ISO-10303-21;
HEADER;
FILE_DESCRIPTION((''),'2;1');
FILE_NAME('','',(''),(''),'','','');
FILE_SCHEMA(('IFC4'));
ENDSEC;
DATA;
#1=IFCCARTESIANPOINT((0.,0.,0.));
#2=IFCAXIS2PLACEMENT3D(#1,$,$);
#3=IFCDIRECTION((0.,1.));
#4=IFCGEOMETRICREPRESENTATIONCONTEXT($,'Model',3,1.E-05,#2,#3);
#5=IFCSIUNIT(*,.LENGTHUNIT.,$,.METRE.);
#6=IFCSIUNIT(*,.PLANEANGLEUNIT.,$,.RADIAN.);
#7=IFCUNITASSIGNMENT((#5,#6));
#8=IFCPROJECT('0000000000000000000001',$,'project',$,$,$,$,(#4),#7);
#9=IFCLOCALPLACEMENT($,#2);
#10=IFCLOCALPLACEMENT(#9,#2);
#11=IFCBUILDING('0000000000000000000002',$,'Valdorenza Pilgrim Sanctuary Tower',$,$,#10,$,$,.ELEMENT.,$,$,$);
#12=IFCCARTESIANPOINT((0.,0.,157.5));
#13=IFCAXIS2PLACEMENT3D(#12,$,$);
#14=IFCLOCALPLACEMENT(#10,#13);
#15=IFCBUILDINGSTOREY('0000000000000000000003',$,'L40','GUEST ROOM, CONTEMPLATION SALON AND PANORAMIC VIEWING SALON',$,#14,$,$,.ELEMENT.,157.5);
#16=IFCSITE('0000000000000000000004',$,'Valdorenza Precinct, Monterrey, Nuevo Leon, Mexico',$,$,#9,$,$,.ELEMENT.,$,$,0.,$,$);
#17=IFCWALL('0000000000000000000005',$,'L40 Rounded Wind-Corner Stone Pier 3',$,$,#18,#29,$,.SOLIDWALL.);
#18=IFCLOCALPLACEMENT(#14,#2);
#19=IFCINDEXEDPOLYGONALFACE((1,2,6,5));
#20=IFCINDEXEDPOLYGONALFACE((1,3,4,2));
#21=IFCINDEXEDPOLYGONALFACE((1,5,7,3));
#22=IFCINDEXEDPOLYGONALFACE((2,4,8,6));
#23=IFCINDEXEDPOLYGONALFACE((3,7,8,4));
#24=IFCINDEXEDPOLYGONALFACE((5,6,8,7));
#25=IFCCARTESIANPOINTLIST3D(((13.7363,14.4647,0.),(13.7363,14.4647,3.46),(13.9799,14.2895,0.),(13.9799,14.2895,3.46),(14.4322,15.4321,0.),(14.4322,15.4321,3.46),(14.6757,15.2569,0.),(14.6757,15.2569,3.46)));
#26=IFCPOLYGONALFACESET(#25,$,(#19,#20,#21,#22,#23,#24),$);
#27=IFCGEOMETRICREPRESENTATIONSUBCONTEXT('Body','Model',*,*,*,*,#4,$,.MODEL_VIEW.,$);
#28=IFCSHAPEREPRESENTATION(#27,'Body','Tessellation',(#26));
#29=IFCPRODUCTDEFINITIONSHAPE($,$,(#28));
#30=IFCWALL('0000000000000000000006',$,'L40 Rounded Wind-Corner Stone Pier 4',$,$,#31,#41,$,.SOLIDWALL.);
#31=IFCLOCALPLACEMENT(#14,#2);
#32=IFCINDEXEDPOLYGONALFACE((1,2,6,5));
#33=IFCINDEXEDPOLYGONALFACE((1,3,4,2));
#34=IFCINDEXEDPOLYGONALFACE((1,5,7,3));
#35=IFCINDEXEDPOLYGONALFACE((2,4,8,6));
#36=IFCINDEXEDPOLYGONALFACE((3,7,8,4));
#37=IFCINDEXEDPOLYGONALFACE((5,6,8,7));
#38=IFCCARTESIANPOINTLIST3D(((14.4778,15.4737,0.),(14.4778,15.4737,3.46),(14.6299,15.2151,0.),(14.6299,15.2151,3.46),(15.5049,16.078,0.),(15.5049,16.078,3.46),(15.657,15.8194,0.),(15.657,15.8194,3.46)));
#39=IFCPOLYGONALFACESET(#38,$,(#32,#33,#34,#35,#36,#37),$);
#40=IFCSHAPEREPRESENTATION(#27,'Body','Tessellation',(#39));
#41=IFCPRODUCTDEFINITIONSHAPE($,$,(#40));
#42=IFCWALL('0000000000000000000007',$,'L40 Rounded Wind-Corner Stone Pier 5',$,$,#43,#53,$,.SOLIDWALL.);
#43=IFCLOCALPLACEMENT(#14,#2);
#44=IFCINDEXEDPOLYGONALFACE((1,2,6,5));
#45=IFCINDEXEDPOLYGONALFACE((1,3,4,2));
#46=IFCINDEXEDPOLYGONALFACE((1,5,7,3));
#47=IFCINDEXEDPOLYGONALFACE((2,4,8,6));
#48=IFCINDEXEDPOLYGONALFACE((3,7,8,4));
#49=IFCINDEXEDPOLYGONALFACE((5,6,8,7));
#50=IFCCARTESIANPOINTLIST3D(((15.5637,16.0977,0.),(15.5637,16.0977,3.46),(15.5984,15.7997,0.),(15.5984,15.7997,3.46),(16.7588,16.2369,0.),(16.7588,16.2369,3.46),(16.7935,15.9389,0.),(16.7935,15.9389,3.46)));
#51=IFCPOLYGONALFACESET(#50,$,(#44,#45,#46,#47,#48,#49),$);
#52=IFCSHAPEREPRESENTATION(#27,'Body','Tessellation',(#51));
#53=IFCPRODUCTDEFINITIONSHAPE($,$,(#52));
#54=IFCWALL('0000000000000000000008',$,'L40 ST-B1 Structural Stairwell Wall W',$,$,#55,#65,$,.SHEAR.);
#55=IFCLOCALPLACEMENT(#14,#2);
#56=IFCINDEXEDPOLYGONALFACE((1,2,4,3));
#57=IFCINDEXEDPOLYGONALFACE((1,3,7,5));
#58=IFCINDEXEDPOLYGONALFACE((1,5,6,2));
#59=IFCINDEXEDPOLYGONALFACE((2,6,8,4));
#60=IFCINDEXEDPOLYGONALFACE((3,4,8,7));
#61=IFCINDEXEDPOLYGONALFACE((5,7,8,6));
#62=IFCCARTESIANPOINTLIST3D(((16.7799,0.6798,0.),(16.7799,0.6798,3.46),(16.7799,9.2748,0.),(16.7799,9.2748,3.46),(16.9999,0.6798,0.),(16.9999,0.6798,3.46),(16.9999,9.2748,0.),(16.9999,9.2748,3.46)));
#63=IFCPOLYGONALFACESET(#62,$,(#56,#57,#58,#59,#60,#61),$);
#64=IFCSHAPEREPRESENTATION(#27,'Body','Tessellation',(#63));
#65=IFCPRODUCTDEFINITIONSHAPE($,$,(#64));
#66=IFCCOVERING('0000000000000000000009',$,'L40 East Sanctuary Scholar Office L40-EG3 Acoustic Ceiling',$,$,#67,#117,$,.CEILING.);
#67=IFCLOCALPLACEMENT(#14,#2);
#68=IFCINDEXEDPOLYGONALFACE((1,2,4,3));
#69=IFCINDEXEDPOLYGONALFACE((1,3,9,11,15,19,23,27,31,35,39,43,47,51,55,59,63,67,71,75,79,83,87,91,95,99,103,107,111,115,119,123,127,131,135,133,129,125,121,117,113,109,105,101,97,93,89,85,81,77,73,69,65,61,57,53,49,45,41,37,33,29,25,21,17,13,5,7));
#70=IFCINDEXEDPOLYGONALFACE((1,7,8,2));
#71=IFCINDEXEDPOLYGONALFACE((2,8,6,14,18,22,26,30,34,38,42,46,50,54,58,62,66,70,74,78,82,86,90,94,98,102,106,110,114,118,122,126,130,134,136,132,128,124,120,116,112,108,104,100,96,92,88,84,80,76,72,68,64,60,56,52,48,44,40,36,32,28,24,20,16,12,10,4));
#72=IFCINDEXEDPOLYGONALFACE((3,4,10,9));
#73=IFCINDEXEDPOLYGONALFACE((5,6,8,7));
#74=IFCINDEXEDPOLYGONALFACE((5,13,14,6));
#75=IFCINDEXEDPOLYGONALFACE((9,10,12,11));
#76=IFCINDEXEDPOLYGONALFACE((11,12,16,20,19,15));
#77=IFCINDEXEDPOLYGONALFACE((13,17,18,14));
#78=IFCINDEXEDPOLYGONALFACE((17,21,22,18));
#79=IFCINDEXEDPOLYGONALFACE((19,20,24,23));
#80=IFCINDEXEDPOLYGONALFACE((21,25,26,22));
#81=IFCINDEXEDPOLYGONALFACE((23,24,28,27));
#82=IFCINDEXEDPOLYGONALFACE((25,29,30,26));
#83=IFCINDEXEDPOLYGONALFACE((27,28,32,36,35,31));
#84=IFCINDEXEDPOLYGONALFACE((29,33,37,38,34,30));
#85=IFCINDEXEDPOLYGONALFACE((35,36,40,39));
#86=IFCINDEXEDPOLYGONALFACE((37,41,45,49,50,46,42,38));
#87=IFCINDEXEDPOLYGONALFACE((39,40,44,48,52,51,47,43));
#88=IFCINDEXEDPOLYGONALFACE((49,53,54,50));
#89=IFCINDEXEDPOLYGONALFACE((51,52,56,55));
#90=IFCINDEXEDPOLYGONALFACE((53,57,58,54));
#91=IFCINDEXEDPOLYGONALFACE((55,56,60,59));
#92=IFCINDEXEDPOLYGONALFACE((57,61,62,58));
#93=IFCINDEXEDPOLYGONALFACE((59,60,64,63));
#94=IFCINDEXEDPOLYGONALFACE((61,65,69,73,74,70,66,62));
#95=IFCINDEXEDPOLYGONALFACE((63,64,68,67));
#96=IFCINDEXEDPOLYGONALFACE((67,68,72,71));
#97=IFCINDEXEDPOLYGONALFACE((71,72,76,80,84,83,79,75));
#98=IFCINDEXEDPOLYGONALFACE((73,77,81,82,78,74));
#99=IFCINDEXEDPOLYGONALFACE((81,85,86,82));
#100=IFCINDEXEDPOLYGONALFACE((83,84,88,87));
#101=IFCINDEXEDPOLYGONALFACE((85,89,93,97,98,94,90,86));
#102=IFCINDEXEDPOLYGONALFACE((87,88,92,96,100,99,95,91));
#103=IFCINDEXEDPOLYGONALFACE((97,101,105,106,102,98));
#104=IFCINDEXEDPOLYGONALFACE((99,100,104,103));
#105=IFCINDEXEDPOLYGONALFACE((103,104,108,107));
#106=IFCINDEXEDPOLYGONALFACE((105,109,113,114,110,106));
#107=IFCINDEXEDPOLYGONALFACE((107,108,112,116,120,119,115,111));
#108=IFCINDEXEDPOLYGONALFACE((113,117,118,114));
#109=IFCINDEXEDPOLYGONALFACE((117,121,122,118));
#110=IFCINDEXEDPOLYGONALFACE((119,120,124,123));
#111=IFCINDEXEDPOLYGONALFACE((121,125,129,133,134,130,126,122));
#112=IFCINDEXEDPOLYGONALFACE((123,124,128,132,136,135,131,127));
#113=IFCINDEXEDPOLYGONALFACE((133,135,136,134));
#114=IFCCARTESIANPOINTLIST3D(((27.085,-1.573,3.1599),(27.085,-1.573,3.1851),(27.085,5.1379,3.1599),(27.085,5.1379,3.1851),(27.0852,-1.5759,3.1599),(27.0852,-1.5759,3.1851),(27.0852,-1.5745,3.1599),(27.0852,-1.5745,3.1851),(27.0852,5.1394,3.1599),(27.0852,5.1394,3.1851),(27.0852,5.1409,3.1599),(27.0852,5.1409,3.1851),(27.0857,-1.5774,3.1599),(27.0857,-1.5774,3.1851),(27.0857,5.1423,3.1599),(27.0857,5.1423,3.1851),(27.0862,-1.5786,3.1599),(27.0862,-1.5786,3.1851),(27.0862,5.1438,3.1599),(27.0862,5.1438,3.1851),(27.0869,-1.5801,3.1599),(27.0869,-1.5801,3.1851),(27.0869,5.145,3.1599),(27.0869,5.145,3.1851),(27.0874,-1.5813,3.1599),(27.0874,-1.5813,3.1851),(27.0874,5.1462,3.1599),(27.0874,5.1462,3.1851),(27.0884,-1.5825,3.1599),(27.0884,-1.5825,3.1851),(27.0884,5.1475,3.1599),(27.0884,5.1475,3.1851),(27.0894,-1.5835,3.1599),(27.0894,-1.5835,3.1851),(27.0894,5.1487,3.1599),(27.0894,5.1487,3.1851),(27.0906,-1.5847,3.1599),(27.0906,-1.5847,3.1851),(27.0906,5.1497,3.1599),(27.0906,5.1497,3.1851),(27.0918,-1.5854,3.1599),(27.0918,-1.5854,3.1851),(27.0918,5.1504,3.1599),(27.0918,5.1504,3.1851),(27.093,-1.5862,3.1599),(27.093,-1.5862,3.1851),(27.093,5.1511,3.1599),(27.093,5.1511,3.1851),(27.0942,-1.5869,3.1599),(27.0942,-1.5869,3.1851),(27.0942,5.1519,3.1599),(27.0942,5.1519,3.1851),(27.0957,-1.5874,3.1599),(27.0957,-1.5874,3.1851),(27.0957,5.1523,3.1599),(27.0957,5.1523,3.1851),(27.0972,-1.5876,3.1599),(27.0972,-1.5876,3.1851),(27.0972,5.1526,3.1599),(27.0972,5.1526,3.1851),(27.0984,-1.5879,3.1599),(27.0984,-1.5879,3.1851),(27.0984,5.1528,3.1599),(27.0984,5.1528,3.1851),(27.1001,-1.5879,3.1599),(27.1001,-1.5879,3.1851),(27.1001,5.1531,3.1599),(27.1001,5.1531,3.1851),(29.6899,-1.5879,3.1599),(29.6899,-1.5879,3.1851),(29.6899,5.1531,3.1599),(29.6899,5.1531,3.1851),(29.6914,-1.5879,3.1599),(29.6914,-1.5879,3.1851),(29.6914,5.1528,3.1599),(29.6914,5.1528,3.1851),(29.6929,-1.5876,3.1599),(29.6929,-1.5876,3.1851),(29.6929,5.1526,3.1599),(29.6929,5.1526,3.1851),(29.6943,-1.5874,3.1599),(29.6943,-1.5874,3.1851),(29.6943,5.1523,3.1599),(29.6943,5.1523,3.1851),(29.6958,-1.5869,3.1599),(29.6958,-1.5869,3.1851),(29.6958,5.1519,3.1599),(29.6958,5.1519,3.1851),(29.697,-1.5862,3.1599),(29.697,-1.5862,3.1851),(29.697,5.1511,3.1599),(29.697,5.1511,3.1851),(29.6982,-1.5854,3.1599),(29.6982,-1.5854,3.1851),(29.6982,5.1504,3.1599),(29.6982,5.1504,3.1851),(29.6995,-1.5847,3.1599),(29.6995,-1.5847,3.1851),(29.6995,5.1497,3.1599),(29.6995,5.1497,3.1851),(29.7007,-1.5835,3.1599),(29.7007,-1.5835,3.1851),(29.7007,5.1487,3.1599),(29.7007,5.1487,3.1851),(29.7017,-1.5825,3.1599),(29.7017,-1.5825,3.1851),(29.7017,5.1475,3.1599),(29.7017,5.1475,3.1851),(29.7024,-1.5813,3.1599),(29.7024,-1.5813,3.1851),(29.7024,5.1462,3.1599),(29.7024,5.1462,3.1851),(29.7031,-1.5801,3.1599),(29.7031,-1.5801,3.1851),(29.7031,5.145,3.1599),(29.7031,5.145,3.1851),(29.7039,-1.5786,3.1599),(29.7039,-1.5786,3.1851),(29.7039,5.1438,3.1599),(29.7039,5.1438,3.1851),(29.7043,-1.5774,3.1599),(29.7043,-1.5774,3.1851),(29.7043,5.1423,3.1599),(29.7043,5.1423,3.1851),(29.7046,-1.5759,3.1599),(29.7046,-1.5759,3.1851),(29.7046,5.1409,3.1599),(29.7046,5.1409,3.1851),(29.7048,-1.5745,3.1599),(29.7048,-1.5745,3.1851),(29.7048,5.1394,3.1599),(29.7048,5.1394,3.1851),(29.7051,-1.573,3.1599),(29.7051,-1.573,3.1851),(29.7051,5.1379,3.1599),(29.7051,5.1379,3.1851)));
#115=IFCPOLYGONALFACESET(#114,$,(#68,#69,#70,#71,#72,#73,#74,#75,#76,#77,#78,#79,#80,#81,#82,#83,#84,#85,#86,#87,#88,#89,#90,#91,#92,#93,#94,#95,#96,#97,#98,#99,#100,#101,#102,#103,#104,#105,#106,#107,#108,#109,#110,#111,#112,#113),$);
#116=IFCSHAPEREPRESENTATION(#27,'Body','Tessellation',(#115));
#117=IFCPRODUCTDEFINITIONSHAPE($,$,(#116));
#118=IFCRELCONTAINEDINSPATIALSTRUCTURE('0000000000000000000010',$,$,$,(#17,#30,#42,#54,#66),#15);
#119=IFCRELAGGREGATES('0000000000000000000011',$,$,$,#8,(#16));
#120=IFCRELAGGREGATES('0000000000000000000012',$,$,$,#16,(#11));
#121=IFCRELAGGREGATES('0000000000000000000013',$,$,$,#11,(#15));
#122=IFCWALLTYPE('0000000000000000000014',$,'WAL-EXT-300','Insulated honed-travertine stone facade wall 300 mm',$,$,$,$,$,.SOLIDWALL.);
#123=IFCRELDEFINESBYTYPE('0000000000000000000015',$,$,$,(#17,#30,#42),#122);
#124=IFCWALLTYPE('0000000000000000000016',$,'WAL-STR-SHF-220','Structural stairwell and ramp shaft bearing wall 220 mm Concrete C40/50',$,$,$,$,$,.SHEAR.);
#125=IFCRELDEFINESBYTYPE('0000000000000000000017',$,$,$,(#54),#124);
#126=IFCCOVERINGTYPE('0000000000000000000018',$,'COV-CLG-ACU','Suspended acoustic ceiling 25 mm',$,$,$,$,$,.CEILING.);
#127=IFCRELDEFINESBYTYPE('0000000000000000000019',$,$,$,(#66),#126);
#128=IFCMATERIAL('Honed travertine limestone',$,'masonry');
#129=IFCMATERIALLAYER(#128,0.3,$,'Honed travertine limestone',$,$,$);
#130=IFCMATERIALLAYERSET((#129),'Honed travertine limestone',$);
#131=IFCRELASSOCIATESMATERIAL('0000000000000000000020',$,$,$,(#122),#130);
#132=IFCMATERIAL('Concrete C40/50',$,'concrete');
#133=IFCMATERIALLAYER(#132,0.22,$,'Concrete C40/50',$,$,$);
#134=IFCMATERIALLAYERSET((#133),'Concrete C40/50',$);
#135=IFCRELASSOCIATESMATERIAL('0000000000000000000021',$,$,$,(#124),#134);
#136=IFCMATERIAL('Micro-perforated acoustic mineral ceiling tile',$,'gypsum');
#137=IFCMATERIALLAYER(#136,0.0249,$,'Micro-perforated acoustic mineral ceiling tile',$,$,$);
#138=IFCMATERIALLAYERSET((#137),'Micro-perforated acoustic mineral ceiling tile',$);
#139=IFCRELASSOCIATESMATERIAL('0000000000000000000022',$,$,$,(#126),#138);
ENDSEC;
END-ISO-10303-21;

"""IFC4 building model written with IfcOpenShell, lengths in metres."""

from ifc_helpers import new_model, si_unit, direction, frame, frame_2d, origin, place, context, subcontext, project, spatial, polyline, rectangle, outline, extrude, material, layer, layer_set, type_object, element, save


model = new_model("IFC4")

# Units and contexts
model_context = context("Model", 3, precision=1e-05, world=origin(), true_north=direction((0.0, 1.0)))
body_context = subcontext(model_context, "Body", "Model", "MODEL_VIEW")
ifc_project = project(units=[si_unit("LENGTHUNIT", "METRE"), si_unit("PLANEANGLEUNIT", "RADIAN")], contexts=[model_context])

# Site, building, storey
site_placement = place(None, origin())
site = spatial("IfcSite", under=ifc_project, at=site_placement, Name="Valdorenza Precinct, Monterrey, Nuevo Leon, Mexico", CompositionType="ELEMENT", RefElevation=0.0)
building_placement = place(site_placement, origin())
building = spatial("IfcBuilding", under=site, at=building_placement, Name="Valdorenza Pilgrim Sanctuary Tower", CompositionType="ELEMENT")
storey_placement = place(building_placement, frame((0.0, 0.0, 157.5)))
storey = spatial("IfcBuildingStorey", under=building, at=storey_placement, Name="L40", Description="GUEST ROOM, CONTEMPLATION SALON AND PANORAMIC VIEWING SALON", CompositionType="ELEMENT", Elevation=157.5)

# Shared definitions
ifc_material_1 = material(Name="Honed travertine limestone", Category="masonry")

# Walls
ifc_layer_1 = layer(ifc_material_1, 0.3, Name="Honed travertine limestone")
ifc_layer_set_1 = layer_set([ifc_layer_1], Name="Honed travertine limestone")
wall_type_1 = type_object("IfcWallType", Name="WAL-EXT-300", Description="Insulated honed-travertine stone facade wall 300 mm", PredefinedType="SOLIDWALL", material=ifc_layer_set_1)
for number, where, z_axis, x_axis, name in (
    (1, (13.8582, 14.3772, 0.0), (0.0, 0.0, 1.0), (0.583948, 0.811791, 0.0), "L40 Rounded Wind-Corner Stone Pier 3"),
    (2, (14.554, 15.3445, 0.0), (0.0, 0.0, 1.0), (0.861908, 0.507065, 0.0), "L40 Rounded Wind-Corner Stone Pier 4"),
):
    element("IfcWall", number, at=place(storey_placement, frame(where, z_axis=z_axis, x_axis=x_axis)), inside=storey, type_object=wall_type_1, Name=name, PredefinedType="SOLIDWALL", context=body_context, shape_type="SweptSolid", body=[
        extrude(rectangle(XDim=1.1917, YDim=0.3, at=frame_2d((0.5957, 0.0))), origin(), (0.0, 0.0, 1.0), 3.46),
    ])
wall_1_placement = place(storey_placement, frame((15.5811, 15.9487, 0.0), z_axis=(0.0, 0.0, 1.0), x_axis=(0.993288, 0.115664, 0.0)))
element("IfcWall", 3, at=wall_1_placement, inside=storey, type_object=wall_type_1, Name="L40 Rounded Wind-Corner Stone Pier 5", PredefinedType="SOLIDWALL", context=body_context, shape_type="SweptSolid", body=[
    extrude(rectangle(XDim=1.2031, YDim=0.3, at=frame_2d((0.6016, 0.0))), origin(), (0.0, 0.0, 1.0), 3.46),
])
ifc_material_2 = material(Name="Concrete C40/50", Category="concrete")
ifc_layer_2 = layer(ifc_material_2, 0.22, Name="Concrete C40/50")
ifc_layer_set_2 = layer_set([ifc_layer_2], Name="Concrete C40/50")
wall_type_2 = type_object("IfcWallType", Name="WAL-STR-SHF-220", Description="Structural stairwell and ramp shaft bearing wall 220 mm Concrete C40/50", PredefinedType="SHEAR", material=ifc_layer_set_2)
wall_2_placement = place(storey_placement, frame((16.8899, 0.6799, 0.0), z_axis=(0.0, 0.0, 1.0), x_axis=(0.0, 1.0, 0.0)))
element("IfcWall", 4, at=wall_2_placement, inside=storey, type_object=wall_type_2, Name="L40 ST-B1 Structural Stairwell Wall W", PredefinedType="SHEAR", context=body_context, shape_type="SweptSolid", body=[
    extrude(rectangle(XDim=8.595, YDim=0.22, at=frame_2d((4.2974, 0.0))), origin(), (0.0, 0.0, 1.0), 3.46),
])

# Covering
ifc_material_3 = material(Name="Micro-perforated acoustic mineral ceiling tile", Category="gypsum")
ifc_layer_3 = layer(ifc_material_3, 0.0249, Name="Micro-perforated acoustic mineral ceiling tile")
ifc_layer_set_3 = layer_set([ifc_layer_3], Name="Micro-perforated acoustic mineral ceiling tile")
covering_type_1 = type_object("IfcCoveringType", Name="COV-CLG-ACU", Description="Suspended acoustic ceiling 25 mm", PredefinedType="CEILING", material=ifc_layer_set_3)
covering_1_placement = place(storey_placement, frame((0.0, 0.0, 3.1599)))
element("IfcCovering", 5, at=covering_1_placement, inside=storey, type_object=covering_type_1, Name="L40 East Sanctuary Scholar Office L40-EG3 Acoustic Ceiling", PredefinedType="CEILING", context=body_context, shape_type="SweptSolid", body=[
    extrude(outline(polyline([(27.085, 5.1379), (27.0852, 5.1394), (27.0852, 5.1409), (27.0857, 5.1423), (27.0862, 5.1438), (27.0869, 5.145), (27.0874, 5.1462), (27.0884, 5.1475), (27.0894, 5.1487), (27.0906, 5.1497), (27.0918, 5.1504), (27.093, 5.1511), (27.0942, 5.1519), (27.0957, 5.1523), (27.0972, 5.1526), (27.0984, 5.1528), (27.1001, 5.1531), (29.6899, 5.1531), (29.6914, 5.1528), (29.6929, 5.1526), (29.6943, 5.1523), (29.6958, 5.1519), (29.697, 5.1511), (29.6982, 5.1504), (29.6995, 5.1497), (29.7007, 5.1487), (29.7017, 5.1475), (29.7024, 5.1462), (29.7031, 5.145), (29.7039, 5.1438), (29.7043, 5.1423), (29.7046, 5.1409), (29.7048, 5.1394), (29.7051, 5.1379), (29.7051, -1.573), (29.7048, -1.5745), (29.7046, -1.5759), (29.7043, -1.5774), (29.7039, -1.5786), (29.7031, -1.5801), (29.7024, -1.5813), (29.7017, -1.5825), (29.7007, -1.5835), (29.6995, -1.5847), (29.6982, -1.5854), (29.697, -1.5862), (29.6958, -1.5869), (29.6943, -1.5874), (29.6929, -1.5876), (29.6914, -1.5879), (29.6899, -1.5879), (27.1001, -1.5879), (27.0984, -1.5879), (27.0972, -1.5876), (27.0957, -1.5874), (27.0942, -1.5869), (27.093, -1.5862), (27.0918, -1.5854), (27.0906, -1.5847), (27.0894, -1.5835), (27.0884, -1.5825), (27.0874, -1.5813), (27.0869, -1.5801), (27.0862, -1.5786), (27.0857, -1.5774), (27.0852, -1.5759), (27.0852, -1.5745), (27.085, -1.573), (27.085, 5.1379)])), origin(), (0.0, 0.0, 1.0), 0.0251),
])

save(model, "model.ifc")
